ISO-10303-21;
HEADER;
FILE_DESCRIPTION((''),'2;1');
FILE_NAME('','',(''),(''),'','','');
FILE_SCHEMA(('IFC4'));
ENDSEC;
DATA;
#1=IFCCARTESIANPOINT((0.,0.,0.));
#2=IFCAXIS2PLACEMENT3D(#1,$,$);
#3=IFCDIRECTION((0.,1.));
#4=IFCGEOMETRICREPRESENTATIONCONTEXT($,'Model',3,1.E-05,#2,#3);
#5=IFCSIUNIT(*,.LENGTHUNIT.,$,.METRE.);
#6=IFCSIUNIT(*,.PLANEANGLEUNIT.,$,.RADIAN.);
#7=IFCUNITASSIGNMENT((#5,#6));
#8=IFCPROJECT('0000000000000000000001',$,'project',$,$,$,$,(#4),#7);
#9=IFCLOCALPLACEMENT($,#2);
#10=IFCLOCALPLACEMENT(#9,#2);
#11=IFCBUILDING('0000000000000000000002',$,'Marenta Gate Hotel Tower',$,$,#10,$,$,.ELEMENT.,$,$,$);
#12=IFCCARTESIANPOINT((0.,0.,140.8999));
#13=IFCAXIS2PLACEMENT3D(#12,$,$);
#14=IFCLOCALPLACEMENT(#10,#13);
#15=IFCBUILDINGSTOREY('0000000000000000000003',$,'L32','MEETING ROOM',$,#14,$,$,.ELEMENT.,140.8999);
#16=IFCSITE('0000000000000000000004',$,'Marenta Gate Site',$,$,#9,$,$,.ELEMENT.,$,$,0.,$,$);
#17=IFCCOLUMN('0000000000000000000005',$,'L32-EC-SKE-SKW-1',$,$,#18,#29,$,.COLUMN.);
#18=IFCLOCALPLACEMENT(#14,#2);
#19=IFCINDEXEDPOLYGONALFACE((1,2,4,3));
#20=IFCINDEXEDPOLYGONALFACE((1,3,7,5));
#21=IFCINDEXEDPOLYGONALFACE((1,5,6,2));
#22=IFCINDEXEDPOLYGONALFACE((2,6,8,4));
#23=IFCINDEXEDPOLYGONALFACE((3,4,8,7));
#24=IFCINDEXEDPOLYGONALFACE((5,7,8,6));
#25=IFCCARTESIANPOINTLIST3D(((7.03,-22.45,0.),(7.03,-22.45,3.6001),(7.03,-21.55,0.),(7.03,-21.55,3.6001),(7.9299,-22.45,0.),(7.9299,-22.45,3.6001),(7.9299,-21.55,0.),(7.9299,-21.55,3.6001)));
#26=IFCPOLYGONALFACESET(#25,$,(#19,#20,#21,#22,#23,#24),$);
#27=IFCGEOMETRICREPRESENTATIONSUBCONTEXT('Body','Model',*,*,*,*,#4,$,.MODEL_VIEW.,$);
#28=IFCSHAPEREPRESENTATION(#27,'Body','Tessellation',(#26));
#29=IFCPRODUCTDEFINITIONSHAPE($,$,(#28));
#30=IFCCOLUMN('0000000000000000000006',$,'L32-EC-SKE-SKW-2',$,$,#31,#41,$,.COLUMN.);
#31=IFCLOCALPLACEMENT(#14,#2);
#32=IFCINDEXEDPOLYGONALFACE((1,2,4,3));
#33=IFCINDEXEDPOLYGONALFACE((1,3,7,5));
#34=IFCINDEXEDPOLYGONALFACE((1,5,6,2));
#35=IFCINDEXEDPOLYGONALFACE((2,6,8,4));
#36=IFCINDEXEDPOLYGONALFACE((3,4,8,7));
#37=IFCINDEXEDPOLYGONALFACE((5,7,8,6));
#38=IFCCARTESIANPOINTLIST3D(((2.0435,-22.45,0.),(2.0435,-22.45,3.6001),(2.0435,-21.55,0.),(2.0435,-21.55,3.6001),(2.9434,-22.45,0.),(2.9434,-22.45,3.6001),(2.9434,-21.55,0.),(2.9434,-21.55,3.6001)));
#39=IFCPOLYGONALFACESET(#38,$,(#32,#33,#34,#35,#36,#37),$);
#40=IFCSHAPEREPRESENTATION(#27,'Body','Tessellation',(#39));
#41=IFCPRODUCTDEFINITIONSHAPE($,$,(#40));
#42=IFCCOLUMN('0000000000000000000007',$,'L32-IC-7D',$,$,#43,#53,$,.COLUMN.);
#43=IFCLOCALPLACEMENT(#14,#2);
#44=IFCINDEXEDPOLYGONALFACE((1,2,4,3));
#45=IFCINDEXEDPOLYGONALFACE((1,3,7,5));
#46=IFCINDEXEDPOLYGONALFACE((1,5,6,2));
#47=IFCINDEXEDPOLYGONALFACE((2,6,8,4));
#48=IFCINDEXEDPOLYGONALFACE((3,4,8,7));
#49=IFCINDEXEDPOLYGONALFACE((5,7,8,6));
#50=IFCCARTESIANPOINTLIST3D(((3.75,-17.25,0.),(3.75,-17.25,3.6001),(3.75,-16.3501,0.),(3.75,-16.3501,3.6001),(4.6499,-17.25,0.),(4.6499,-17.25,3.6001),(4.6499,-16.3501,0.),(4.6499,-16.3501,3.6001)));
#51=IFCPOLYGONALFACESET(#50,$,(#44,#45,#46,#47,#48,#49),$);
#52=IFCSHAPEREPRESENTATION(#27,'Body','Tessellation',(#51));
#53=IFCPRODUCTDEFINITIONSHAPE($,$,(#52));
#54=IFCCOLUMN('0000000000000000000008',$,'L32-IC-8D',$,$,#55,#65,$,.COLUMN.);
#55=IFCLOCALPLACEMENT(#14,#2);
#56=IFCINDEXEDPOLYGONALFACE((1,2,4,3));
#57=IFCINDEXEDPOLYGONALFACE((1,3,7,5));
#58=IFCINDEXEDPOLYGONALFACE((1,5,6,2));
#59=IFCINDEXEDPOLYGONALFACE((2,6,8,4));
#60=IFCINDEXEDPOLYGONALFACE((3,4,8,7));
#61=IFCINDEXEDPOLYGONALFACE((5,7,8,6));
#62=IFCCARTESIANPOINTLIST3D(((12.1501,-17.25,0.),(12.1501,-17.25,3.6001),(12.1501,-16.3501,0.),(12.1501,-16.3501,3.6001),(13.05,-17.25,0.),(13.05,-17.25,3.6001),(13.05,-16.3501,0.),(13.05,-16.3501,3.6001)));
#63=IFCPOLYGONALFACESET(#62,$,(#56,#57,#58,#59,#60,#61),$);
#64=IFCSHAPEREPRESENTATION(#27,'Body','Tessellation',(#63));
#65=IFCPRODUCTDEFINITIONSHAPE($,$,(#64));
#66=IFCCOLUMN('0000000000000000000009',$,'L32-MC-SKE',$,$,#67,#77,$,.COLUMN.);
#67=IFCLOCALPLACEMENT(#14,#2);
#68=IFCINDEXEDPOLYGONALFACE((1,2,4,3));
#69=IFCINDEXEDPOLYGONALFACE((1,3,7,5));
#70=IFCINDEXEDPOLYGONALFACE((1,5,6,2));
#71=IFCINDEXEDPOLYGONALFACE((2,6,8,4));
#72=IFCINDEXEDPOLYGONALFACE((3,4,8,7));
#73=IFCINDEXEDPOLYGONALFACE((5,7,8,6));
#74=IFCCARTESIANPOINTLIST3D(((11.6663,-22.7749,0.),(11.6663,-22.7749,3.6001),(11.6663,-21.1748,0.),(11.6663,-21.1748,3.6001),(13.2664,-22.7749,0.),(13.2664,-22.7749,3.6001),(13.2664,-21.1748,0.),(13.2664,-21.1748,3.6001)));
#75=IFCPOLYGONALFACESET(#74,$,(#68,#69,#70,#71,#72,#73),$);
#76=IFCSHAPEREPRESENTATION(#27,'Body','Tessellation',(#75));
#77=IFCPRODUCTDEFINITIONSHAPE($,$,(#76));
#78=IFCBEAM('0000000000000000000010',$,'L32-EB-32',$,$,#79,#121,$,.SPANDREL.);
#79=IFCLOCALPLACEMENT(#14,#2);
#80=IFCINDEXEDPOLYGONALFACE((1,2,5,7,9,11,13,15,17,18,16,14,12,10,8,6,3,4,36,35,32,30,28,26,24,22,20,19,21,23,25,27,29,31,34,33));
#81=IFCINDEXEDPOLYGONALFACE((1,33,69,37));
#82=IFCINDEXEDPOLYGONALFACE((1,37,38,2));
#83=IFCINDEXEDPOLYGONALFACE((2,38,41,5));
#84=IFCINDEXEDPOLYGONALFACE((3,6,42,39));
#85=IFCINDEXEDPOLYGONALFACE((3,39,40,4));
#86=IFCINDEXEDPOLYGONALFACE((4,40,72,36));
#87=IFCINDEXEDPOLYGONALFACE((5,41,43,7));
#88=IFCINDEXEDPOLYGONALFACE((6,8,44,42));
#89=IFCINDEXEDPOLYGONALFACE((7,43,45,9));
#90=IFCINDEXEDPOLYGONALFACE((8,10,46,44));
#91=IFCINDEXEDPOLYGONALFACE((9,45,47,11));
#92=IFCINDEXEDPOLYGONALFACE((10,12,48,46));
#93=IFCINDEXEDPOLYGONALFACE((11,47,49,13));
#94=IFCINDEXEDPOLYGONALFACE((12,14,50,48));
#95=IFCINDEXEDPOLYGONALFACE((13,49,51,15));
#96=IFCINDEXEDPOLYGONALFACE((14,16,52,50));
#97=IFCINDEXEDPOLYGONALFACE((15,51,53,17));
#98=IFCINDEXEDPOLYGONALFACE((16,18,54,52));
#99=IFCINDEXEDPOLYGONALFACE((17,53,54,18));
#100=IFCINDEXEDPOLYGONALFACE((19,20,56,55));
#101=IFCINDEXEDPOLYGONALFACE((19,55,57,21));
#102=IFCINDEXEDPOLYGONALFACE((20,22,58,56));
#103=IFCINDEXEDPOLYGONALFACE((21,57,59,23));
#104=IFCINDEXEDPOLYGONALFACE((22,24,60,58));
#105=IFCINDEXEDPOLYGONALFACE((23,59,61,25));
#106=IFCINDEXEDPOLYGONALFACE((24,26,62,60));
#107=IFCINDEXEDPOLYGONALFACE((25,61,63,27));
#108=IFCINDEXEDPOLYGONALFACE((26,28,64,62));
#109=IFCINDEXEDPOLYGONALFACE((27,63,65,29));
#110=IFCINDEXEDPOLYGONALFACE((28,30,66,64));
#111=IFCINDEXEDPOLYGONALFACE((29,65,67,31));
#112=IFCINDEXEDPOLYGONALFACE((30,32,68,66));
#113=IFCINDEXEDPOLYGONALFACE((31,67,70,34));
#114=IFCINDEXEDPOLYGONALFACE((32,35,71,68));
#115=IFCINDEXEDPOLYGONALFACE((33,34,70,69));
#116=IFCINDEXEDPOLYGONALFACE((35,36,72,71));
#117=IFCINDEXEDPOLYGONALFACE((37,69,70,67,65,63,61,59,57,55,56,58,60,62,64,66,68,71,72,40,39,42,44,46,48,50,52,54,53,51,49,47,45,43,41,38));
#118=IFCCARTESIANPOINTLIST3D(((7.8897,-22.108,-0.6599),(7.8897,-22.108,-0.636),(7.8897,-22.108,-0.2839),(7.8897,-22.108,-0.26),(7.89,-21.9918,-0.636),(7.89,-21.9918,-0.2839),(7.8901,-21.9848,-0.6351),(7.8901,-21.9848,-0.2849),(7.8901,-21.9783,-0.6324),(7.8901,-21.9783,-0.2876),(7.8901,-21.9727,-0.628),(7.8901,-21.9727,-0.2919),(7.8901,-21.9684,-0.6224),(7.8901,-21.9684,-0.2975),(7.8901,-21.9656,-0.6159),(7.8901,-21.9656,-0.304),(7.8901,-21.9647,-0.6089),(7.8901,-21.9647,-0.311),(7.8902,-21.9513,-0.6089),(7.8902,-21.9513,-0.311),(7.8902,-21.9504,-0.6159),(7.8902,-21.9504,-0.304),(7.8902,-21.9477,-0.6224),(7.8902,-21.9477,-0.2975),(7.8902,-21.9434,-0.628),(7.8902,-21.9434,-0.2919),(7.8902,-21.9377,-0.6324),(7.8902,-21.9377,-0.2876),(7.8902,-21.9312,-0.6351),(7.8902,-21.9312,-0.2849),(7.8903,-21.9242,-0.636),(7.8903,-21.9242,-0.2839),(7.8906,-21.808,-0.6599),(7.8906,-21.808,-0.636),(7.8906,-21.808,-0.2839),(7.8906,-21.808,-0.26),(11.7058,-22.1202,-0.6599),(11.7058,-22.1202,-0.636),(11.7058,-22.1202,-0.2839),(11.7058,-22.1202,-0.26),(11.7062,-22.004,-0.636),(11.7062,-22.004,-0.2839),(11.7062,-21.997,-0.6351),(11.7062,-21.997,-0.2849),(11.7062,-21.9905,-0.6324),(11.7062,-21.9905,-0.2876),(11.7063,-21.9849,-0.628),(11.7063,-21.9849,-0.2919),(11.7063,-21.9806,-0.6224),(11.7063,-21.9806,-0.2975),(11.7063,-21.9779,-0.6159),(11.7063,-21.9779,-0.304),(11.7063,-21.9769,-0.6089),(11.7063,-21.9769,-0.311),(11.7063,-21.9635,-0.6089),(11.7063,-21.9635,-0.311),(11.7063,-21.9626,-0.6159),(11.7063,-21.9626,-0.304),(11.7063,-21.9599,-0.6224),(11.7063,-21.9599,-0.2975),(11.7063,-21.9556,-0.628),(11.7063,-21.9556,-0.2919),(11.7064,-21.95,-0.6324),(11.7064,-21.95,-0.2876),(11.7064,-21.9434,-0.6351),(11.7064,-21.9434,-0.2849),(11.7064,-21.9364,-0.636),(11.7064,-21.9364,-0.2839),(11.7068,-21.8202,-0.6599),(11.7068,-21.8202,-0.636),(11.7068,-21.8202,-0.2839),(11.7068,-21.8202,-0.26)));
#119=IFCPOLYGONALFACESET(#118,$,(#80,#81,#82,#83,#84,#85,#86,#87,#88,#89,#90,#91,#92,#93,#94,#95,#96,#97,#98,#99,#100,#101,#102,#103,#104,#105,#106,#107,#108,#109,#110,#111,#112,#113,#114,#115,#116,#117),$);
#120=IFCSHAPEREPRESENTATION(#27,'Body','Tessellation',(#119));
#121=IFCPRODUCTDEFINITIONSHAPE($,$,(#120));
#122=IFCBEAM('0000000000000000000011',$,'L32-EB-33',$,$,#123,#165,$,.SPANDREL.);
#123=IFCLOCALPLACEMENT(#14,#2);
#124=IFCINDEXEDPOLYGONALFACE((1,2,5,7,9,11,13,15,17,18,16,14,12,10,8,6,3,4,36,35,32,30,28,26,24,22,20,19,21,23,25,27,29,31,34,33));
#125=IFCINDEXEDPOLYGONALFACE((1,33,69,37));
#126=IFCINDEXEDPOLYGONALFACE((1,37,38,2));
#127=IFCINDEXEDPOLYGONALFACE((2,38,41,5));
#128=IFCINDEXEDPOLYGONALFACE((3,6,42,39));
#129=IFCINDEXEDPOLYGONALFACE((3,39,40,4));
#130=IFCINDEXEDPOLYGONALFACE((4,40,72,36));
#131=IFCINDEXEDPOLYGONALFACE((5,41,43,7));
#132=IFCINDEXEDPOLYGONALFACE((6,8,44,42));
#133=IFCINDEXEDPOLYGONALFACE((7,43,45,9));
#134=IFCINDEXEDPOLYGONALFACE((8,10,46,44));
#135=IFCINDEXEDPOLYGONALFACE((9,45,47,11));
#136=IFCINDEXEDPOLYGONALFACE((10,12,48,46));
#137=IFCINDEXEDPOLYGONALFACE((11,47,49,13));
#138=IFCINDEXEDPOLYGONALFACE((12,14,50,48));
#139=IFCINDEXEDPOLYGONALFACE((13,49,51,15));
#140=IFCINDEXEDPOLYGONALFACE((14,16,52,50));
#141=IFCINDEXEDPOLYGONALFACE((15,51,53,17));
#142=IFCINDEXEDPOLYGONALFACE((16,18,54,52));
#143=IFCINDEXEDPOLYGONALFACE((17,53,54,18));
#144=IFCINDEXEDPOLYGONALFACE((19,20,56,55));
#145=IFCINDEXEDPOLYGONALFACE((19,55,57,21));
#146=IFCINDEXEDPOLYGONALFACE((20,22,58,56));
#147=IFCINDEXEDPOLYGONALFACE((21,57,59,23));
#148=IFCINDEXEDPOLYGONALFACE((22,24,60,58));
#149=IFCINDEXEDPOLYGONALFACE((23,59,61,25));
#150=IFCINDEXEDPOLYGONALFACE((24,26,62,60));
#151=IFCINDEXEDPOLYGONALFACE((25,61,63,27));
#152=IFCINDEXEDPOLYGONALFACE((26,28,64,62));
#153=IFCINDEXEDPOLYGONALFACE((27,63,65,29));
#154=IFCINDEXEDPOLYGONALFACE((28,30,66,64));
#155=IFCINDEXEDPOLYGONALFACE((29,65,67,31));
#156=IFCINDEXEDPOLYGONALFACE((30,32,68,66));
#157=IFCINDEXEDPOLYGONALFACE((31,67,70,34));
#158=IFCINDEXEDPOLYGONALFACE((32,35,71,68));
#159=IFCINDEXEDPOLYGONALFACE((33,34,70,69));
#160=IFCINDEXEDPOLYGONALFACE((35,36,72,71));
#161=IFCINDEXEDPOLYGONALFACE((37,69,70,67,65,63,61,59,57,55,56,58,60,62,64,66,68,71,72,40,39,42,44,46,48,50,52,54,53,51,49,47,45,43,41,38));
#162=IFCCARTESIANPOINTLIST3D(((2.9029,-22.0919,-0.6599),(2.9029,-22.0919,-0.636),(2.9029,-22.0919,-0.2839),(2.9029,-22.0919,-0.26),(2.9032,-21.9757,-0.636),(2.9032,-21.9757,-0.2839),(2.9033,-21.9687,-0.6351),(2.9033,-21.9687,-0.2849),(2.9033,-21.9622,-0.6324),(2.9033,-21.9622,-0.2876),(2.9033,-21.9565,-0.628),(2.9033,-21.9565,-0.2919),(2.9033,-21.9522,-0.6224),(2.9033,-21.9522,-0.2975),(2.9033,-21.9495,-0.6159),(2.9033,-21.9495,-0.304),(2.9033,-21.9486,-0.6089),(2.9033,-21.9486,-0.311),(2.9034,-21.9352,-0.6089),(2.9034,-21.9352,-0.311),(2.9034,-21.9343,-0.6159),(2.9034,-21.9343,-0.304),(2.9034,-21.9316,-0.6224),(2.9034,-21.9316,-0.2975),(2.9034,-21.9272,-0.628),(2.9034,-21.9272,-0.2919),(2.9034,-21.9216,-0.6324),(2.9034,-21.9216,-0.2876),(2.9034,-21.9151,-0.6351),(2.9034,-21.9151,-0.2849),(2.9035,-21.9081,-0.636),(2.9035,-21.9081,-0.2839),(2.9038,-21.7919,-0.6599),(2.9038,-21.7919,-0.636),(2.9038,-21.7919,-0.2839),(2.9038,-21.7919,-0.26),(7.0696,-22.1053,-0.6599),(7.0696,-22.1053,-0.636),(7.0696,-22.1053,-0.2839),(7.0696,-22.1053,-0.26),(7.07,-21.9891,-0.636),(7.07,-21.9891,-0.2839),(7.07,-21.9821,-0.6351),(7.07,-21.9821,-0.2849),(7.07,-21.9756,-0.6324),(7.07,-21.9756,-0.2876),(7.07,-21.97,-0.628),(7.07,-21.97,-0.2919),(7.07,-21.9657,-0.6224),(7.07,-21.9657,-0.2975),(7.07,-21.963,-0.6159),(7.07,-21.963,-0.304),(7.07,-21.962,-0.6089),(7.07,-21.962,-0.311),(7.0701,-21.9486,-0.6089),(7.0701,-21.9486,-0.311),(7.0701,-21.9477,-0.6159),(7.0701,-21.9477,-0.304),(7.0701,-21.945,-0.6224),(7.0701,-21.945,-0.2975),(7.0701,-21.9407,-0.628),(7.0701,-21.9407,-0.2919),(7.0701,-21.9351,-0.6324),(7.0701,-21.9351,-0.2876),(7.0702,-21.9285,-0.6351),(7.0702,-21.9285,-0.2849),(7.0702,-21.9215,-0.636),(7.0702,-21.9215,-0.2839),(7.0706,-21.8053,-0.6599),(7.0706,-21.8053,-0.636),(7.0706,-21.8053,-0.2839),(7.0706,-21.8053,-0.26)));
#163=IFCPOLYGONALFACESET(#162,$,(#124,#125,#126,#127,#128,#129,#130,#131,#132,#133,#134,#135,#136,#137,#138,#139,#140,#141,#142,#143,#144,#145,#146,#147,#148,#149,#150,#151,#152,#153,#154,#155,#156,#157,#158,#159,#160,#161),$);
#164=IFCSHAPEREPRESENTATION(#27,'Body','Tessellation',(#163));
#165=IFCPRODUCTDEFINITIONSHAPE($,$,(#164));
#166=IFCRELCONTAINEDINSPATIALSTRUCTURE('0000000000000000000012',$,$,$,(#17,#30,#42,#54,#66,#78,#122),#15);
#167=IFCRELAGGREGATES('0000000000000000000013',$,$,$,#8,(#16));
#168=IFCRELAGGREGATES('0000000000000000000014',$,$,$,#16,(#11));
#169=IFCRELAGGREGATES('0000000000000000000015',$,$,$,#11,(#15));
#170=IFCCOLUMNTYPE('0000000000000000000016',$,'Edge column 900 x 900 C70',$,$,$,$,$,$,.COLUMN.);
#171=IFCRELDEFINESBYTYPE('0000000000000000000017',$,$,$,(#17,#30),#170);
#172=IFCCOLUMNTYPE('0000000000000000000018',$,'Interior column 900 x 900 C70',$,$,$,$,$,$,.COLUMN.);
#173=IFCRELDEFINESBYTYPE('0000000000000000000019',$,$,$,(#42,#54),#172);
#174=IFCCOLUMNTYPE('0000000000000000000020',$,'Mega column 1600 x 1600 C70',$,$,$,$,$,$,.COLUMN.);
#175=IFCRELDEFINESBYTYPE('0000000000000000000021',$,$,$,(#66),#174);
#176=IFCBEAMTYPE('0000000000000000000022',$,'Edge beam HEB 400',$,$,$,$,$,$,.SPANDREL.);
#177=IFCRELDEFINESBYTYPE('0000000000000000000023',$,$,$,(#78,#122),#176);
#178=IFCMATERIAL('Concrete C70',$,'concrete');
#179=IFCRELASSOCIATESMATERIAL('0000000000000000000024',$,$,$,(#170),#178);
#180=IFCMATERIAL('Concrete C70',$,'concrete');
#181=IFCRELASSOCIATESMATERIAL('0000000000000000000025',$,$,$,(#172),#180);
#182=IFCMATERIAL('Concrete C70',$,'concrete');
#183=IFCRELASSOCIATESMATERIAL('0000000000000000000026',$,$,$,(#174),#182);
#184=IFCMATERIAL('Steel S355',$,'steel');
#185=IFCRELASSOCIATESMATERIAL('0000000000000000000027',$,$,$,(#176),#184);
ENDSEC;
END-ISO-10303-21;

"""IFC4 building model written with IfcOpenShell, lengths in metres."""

from ifc_helpers import new_model, si_unit, direction, frame, origin, origin_2d, place, context, subcontext, project, spatial, rectangle, i_section, extrude, material, material_profile, profile_set, type_object, element, save


model = new_model("IFC4")

# Units and contexts
model_context = context("Model", 3, precision=1e-05, world=origin(), true_north=direction((0.0, 1.0)))
body_context = subcontext(model_context, "Body", "Model", "MODEL_VIEW")
ifc_project = project(units=[si_unit("LENGTHUNIT", "METRE"), si_unit("PLANEANGLEUNIT", "RADIAN")], contexts=[model_context])

# Site, building, storey
site_placement = place(None, origin())
site = spatial("IfcSite", under=ifc_project, at=site_placement, Name="Marenta Gate Site", CompositionType="ELEMENT", RefElevation=0.0)
building_placement = place(site_placement, origin())
building = spatial("IfcBuilding", under=site, at=building_placement, Name="Marenta Gate Hotel Tower", CompositionType="ELEMENT")
storey_placement = place(building_placement, frame((0.0, 0.0, 140.8999)))
storey = spatial("IfcBuildingStorey", under=building, at=storey_placement, Name="L32", Description="MEETING ROOM", CompositionType="ELEMENT", Elevation=140.8999)

# Columns
ifc_material_1 = material(Name="Concrete C70", Category="concrete")
ifc_material_profile_1 = material_profile(ifc_material_1, rectangle(XDim=0.8999, YDim=0.8999, at=origin_2d()), Name="900 x 900")
ifc_profile_set_1 = profile_set([ifc_material_profile_1], Name="Concrete C70")
column_type_1 = type_object("IfcColumnType", Name="Edge column 900 x 900 C70", PredefinedType="COLUMN", material=ifc_profile_set_1)
for number, where, z_axis, x_axis, name in (
    (1, (7.48, -22.0, 0.0), (0.0, 0.0, 1.0), (1.0, 0.0, 0.0), "L32-EC-SKE-SKW-1"),
    (2, (2.4934, -22.0, 0.0), (0.0, 0.0, 1.0), (1.0, 0.0, 0.0), "L32-EC-SKE-SKW-2"),
):
    element("IfcColumn", number, at=place(storey_placement, frame(where, z_axis=z_axis, x_axis=x_axis)), inside=storey, type_object=column_type_1, Name=name, PredefinedType="COLUMN", context=body_context, shape_type="SweptSolid", body=[
        extrude(rectangle(XDim=0.8999, YDim=0.8999, at=origin_2d()), origin(), (0.0, 0.0, 1.0), 3.6001),
    ])
ifc_material_2 = material(Name="Concrete C70", Category="concrete")
ifc_material_profile_2 = material_profile(ifc_material_2, rectangle(XDim=0.8999, YDim=0.8999, at=origin_2d()), Name="900 x 900")
ifc_profile_set_2 = profile_set([ifc_material_profile_2], Name="Concrete C70")
column_type_2 = type_object("IfcColumnType", Name="Interior column 900 x 900 C70", PredefinedType="COLUMN", material=ifc_profile_set_2)
for number, where, z_axis, x_axis, name in (
    (3, (4.2, -16.8, 0.0), (0.0, 0.0, 1.0), (1.0, 0.0, 0.0), "L32-IC-7D"),
    (4, (12.6001, -16.8, 0.0), (0.0, 0.0, 1.0), (1.0, 0.0, 0.0), "L32-IC-8D"),
):
    element("IfcColumn", number, at=place(storey_placement, frame(where, z_axis=z_axis, x_axis=x_axis)), inside=storey, type_object=column_type_2, Name=name, PredefinedType="COLUMN", context=body_context, shape_type="SweptSolid", body=[
        extrude(rectangle(XDim=0.8999, YDim=0.8999, at=origin_2d()), origin(), (0.0, 0.0, 1.0), 3.6001),
    ])
ifc_material_3 = material(Name="Concrete C70", Category="concrete")
ifc_material_profile_3 = material_profile(ifc_material_3, rectangle(XDim=1.6001, YDim=1.6001, at=origin_2d()), Name="1600 x 1600")
ifc_profile_set_3 = profile_set([ifc_material_profile_3], Name="Concrete C70")
column_type_3 = type_object("IfcColumnType", Name="Mega column 1600 x 1600 C70", PredefinedType="COLUMN", material=ifc_profile_set_3)
column_placement = place(storey_placement, frame((12.4663, -21.9749, 0.0), z_axis=(0.0, 0.0, 1.0), x_axis=(1.0, 0.0, 0.0)))
element("IfcColumn", 5, at=column_placement, inside=storey, type_object=column_type_3, Name="L32-MC-SKE", PredefinedType="COLUMN", context=body_context, shape_type="SweptSolid", body=[
    extrude(rectangle(XDim=1.6001, YDim=1.6001, at=origin_2d()), origin(), (0.0, 0.0, 1.0), 3.6001),
])

# Beams
ifc_material_4 = material(Name="Steel S355", Category="steel")
ifc_material_profile_4 = material_profile(ifc_material_4, i_section(OverallWidth=0.3, OverallDepth=0.3999, WebThickness=0.0134, FlangeThickness=0.0239, FilletRadius=0.0271, at=origin_2d()), Name="HEB 400")
ifc_profile_set_4 = profile_set([ifc_material_profile_4], Name="Steel S355")
beam_type_1 = type_object("IfcBeamType", Name="Edge beam HEB 400", PredefinedType="SPANDREL", material=ifc_profile_set_4)
beam_1_placement = place(storey_placement, frame((11.7063, -21.9702, -0.46), z_axis=(-0.999995, 0.003199, 0.0), x_axis=(-0.003199, -0.999995, 0.0)))
element("IfcBeam", 6, at=beam_1_placement, inside=storey, type_object=beam_type_1, Name="L32-EB-32", PredefinedType="SPANDREL", context=body_context, shape_type="SweptSolid", body=[
    extrude(i_section(OverallWidth=0.3, OverallDepth=0.3999, WebThickness=0.0134, FlangeThickness=0.0239, FilletRadius=0.0271, at=origin_2d()), origin(), (0.0, 0.0, 1.0), 3.8162),
])
beam_2_placement = place(storey_placement, frame((7.0701, -21.9553, -0.46), z_axis=(-0.999995, 0.003223, 0.0), x_axis=(-0.003223, -0.999995, 0.0)))
element("IfcBeam", 7, at=beam_2_placement, inside=storey, type_object=beam_type_1, Name="L32-EB-33", PredefinedType="SPANDREL", context=body_context, shape_type="SweptSolid", body=[
    extrude(i_section(OverallWidth=0.3, OverallDepth=0.3999, WebThickness=0.0134, FlangeThickness=0.0239, FilletRadius=0.0271, at=origin_2d()), origin(), (0.0, 0.0, 1.0), 4.1667),
])

save(model, "model.ifc")
